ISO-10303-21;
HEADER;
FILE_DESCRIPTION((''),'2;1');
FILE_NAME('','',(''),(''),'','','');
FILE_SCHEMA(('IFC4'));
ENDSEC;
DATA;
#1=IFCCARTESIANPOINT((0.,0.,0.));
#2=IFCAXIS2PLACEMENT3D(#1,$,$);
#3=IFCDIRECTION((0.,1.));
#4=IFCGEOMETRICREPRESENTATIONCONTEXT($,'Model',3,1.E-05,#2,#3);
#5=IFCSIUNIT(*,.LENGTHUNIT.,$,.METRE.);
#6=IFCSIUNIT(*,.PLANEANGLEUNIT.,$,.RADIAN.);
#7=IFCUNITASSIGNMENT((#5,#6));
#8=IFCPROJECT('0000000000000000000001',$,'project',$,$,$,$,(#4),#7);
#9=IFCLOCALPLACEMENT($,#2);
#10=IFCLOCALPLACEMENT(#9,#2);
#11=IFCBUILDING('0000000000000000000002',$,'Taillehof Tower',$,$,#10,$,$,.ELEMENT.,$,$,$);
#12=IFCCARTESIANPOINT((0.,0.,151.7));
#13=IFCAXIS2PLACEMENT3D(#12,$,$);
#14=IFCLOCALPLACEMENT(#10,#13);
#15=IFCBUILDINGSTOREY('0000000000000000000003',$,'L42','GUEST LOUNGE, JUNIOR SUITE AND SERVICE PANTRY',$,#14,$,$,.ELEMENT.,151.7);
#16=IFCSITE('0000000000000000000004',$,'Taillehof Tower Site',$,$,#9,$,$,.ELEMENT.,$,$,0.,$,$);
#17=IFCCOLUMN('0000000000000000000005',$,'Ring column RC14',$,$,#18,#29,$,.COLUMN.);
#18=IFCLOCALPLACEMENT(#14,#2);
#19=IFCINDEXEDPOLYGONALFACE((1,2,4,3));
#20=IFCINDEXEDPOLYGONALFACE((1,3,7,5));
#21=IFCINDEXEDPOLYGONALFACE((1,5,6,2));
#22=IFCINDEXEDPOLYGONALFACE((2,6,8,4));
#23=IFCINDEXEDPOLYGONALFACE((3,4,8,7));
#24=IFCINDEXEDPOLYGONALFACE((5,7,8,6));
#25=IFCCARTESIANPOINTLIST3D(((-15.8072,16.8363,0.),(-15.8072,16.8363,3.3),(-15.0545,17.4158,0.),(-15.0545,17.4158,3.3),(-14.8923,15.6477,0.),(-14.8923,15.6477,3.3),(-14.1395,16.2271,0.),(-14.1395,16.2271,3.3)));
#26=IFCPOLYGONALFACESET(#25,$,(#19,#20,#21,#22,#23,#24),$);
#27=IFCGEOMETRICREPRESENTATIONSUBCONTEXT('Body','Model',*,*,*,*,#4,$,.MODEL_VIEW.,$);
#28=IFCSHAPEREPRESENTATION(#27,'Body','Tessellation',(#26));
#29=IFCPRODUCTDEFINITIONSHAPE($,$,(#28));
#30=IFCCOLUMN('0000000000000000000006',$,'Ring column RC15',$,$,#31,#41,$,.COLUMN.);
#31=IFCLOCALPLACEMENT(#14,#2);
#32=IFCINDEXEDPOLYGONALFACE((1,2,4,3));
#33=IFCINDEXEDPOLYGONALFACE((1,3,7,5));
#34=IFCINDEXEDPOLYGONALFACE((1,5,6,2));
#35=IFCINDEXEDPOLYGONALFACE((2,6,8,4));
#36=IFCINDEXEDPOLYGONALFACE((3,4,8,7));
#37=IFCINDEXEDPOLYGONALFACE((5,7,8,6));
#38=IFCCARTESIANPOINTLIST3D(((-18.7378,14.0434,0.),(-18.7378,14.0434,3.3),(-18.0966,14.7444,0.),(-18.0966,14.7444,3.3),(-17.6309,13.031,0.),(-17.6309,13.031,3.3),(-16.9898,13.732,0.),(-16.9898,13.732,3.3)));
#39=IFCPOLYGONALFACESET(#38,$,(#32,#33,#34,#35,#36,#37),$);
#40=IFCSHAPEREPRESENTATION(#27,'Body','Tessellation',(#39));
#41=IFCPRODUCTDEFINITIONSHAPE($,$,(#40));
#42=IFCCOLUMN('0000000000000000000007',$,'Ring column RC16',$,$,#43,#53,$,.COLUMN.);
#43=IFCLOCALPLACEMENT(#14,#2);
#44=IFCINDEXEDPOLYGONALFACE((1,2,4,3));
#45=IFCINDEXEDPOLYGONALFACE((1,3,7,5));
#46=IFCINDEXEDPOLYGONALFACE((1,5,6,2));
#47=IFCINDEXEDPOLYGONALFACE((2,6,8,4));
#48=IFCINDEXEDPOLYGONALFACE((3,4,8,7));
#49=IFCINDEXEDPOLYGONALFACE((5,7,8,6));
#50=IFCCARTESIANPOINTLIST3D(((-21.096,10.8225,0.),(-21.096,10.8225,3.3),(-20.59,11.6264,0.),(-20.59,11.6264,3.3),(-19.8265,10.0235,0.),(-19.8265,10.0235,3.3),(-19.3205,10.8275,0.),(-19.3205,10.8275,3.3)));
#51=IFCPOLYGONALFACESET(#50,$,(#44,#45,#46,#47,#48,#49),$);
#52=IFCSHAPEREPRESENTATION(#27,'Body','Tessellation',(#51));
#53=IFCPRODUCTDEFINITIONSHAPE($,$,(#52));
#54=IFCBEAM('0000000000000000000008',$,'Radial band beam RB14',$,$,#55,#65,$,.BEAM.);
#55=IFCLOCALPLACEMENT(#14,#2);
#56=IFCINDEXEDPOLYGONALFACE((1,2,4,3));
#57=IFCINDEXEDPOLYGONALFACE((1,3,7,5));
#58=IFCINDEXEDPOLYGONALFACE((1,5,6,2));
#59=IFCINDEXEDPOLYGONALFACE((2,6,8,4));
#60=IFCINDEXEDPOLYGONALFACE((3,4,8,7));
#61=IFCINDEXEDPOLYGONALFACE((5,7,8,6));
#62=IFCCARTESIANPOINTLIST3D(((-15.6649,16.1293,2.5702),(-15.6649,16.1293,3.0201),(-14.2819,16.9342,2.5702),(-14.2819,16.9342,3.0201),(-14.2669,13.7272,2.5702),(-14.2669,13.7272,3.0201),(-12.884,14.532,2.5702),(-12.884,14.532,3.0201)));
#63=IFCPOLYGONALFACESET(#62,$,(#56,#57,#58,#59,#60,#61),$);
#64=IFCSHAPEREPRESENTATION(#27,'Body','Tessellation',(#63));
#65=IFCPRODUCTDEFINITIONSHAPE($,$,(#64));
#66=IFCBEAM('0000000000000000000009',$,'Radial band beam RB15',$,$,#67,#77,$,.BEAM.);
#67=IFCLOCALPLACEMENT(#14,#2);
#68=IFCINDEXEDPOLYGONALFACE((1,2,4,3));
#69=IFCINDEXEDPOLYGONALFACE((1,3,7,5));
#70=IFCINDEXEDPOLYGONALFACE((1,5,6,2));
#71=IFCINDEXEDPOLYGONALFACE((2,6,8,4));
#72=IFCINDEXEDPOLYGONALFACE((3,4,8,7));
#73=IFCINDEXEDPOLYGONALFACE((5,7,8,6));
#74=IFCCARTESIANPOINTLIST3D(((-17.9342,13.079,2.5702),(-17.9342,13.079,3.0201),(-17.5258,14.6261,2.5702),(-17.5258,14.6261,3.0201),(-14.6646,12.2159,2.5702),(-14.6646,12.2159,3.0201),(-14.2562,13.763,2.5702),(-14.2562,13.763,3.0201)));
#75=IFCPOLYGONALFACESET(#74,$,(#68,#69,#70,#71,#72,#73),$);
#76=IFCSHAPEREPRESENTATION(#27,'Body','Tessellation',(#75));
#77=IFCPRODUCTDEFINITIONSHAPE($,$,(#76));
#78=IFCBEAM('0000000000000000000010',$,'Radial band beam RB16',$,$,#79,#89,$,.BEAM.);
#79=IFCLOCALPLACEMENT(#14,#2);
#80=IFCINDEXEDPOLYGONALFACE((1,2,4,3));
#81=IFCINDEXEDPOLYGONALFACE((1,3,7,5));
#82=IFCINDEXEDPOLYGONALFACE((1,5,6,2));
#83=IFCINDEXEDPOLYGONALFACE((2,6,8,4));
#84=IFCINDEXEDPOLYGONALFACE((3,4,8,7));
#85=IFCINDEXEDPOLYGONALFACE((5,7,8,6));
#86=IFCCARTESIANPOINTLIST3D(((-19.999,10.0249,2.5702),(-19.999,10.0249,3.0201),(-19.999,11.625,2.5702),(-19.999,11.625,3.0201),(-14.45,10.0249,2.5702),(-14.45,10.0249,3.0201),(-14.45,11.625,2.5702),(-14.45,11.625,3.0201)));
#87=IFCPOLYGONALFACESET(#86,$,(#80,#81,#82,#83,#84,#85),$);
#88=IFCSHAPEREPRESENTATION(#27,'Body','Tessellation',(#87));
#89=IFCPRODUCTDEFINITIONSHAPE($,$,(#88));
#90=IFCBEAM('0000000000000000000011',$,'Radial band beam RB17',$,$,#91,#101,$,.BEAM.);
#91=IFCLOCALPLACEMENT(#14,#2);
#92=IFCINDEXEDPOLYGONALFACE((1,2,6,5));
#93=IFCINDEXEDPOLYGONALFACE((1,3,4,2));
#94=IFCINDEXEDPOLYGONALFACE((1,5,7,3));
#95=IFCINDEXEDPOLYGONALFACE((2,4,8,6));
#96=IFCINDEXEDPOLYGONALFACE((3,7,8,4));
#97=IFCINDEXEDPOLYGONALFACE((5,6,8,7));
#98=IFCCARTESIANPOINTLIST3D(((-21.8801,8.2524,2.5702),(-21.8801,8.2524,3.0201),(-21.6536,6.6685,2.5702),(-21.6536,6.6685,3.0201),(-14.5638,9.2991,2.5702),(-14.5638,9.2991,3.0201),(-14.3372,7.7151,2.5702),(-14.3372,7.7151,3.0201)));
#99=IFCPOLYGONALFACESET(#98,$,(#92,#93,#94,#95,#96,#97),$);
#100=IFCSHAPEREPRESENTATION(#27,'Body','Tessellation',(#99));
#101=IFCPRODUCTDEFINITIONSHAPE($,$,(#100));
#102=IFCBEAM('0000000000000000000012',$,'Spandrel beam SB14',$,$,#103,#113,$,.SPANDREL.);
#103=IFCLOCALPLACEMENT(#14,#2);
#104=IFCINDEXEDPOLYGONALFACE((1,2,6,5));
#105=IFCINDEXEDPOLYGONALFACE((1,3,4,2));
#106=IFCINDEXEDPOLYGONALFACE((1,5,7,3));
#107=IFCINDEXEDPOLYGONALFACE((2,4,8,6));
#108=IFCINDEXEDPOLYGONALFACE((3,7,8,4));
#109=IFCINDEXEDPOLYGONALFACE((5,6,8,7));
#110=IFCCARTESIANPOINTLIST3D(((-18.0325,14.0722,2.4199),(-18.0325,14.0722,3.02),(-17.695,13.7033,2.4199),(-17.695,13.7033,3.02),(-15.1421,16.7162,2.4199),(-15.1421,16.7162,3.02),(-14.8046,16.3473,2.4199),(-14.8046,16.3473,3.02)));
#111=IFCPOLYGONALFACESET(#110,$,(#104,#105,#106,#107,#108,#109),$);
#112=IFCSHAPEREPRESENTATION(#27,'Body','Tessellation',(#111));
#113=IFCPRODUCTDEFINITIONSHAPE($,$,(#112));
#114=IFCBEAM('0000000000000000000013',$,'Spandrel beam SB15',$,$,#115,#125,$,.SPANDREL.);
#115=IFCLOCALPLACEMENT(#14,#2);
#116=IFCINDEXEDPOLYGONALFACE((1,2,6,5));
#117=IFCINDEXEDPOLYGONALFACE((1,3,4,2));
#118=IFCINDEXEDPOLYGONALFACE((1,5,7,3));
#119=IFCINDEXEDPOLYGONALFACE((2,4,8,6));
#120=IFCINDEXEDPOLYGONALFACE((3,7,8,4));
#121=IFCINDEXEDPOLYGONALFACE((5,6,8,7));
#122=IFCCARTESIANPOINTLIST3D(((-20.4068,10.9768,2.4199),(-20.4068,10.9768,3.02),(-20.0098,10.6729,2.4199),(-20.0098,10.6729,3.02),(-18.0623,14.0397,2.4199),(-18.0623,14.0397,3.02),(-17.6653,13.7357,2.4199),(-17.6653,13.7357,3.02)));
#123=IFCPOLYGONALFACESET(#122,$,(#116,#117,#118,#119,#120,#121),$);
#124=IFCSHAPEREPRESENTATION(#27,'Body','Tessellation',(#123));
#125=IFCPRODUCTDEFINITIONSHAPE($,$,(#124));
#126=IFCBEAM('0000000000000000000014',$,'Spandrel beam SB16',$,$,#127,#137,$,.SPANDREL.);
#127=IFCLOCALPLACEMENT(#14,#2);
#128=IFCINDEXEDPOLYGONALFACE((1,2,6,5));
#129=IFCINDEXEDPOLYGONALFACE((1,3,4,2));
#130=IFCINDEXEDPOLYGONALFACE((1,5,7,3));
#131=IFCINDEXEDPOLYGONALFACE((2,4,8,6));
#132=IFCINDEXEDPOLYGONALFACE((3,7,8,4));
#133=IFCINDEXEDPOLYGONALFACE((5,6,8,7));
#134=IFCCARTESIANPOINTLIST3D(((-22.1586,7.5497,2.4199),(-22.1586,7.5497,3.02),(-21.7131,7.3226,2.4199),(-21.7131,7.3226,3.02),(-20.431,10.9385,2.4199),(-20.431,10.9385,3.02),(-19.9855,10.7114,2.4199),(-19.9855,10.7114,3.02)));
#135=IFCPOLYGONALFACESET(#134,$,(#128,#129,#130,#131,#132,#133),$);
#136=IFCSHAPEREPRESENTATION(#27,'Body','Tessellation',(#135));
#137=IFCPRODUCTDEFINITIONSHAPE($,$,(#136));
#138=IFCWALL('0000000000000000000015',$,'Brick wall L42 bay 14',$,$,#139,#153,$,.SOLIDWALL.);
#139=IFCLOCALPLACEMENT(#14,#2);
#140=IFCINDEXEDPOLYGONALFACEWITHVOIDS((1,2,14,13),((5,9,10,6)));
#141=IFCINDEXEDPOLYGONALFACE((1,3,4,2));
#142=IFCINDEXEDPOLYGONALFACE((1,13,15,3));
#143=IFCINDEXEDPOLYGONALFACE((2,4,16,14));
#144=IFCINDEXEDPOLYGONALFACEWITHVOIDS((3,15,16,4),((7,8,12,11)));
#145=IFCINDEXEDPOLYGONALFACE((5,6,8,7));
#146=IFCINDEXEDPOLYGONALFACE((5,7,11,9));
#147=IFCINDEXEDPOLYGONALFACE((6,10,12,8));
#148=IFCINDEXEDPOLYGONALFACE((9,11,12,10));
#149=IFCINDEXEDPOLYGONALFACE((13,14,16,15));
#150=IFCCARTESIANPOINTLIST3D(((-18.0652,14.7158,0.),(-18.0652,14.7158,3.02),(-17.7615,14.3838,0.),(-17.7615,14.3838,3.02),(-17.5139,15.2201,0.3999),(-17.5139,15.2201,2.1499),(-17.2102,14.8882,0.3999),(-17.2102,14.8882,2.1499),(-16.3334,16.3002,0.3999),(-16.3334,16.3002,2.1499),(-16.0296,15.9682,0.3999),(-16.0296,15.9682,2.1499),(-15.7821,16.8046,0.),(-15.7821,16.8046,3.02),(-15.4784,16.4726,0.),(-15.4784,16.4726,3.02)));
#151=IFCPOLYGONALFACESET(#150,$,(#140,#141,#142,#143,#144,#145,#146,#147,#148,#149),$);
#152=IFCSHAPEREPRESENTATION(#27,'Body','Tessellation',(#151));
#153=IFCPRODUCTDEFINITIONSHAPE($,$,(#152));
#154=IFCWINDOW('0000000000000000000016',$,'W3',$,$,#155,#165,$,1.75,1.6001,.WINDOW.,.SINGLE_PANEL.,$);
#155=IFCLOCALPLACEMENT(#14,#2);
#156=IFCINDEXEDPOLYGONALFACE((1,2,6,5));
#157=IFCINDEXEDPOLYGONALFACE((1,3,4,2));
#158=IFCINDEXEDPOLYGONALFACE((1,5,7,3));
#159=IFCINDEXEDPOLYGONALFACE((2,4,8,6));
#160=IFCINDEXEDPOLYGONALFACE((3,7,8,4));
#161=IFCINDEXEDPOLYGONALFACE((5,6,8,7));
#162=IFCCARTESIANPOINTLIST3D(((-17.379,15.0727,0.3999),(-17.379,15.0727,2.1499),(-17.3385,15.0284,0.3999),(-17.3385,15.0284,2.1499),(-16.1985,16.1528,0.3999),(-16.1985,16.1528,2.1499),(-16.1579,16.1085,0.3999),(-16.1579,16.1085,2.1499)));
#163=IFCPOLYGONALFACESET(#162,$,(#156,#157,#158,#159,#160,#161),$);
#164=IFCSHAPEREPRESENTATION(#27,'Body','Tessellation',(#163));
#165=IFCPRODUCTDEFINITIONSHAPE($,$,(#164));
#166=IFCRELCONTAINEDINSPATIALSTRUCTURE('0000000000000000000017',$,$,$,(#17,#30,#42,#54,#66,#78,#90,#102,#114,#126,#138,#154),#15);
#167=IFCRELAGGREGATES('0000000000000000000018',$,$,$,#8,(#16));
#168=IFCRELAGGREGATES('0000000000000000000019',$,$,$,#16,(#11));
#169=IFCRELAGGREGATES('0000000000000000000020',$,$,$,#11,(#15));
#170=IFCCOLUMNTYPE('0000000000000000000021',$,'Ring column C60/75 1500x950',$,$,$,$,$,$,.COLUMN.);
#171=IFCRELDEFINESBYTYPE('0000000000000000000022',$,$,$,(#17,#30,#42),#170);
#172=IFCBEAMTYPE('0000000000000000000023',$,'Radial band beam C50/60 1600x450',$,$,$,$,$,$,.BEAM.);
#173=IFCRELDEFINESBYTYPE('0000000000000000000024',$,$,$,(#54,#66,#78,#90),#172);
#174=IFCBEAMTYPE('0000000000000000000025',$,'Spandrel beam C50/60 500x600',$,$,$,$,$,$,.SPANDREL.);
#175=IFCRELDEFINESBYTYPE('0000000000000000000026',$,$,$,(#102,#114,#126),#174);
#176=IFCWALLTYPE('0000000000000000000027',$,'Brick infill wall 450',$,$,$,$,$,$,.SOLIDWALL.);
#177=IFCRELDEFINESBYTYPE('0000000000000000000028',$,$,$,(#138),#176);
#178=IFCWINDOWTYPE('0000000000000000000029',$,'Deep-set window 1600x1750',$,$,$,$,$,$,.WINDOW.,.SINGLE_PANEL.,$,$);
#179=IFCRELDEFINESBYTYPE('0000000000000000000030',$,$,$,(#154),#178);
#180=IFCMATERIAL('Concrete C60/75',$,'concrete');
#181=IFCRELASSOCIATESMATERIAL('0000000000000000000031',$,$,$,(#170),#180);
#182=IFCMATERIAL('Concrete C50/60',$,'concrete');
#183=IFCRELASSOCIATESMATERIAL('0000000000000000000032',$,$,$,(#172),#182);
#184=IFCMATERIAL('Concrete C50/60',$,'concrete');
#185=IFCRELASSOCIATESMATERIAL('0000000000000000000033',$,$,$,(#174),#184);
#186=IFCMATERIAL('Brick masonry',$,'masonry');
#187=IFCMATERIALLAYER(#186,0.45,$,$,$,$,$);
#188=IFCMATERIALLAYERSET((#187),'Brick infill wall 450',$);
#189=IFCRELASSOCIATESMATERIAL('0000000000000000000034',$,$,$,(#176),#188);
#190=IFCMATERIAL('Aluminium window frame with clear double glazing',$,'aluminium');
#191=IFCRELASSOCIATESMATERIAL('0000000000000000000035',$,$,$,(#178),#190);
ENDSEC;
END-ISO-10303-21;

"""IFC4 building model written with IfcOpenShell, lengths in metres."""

from ifc_helpers import new_model, si_unit, direction, frame, frame_2d, origin, origin_2d, place, context, subcontext, project, spatial, rectangle, extrude, material, layer, layer_set, material_profile, profile_set, type_object, element, fill, save


model = new_model("IFC4")

# Units and contexts
model_context = context("Model", 3, precision=1e-05, world=origin(), true_north=direction((0.0, 1.0)))
body_context = subcontext(model_context, "Body", "Model", "MODEL_VIEW")
ifc_project = project(units=[si_unit("LENGTHUNIT", "METRE"), si_unit("PLANEANGLEUNIT", "RADIAN")], contexts=[model_context])

# Site, building, storey
site_placement = place(None, origin())
site = spatial("IfcSite", under=ifc_project, at=site_placement, Name="Taillehof Tower Site", CompositionType="ELEMENT", RefElevation=0.0)
building_placement = place(site_placement, origin())
building = spatial("IfcBuilding", under=site, at=building_placement, Name="Taillehof Tower", CompositionType="ELEMENT")
storey_placement = place(building_placement, frame((0.0, 0.0, 151.7)))
storey = spatial("IfcBuildingStorey", under=building, at=storey_placement, Name="L42", Description="GUEST LOUNGE, JUNIOR SUITE AND SERVICE PANTRY", CompositionType="ELEMENT", Elevation=151.7)

# Columns
ifc_material_1 = material(Name="Concrete C60/75", Category="concrete")
ifc_material_profile_1 = material_profile(ifc_material_1, rectangle(XDim=1.5, YDim=0.95, at=origin_2d()), Name="RC 1500x950")
ifc_profile_set_1 = profile_set([ifc_material_profile_1], Name="Concrete C60/75")
column_type = type_object("IfcColumnType", Name="Ring column C60/75 1500x950", PredefinedType="COLUMN", material=ifc_profile_set_1)
for number, where, z_axis, x_axis, name in (
    (1, (-14.9734, 16.5317, 0.0), (0.0, 0.0, 1.0), (-0.609971, 0.792424, 0.0), "Ring column RC14"),
    (2, (-17.8638, 13.8877, 0.0), (0.0, 0.0, 1.0), (-0.737879, 0.674933, 0.0), "Ring column RC15"),
    (3, (-20.2083, 10.825, 0.0), (0.0, 0.0, 1.0), (-0.846334, 0.532652, 0.0), "Ring column RC16"),
):
    element("IfcColumn", number, at=place(storey_placement, frame(where, z_axis=z_axis, x_axis=x_axis)), inside=storey, type_object=column_type, Name=name, PredefinedType="COLUMN", context=body_context, shape_type="SweptSolid", body=[
        extrude(rectangle(XDim=1.5, YDim=0.95, at=origin_2d()), origin(), (0.0, 0.0, 1.0), 3.3),
    ])

# Beams
ifc_material_2 = material(Name="Concrete C50/60", Category="concrete")
ifc_material_profile_2 = material_profile(ifc_material_2, rectangle(XDim=1.6001, YDim=0.45, at=origin_2d()), Name="RC 1600x450")
ifc_profile_set_2 = profile_set([ifc_material_profile_2], Name="Concrete C50/60")
beam_type_1 = type_object("IfcBeamType", Name="Radial band beam C50/60 1600x450", PredefinedType="BEAM", material=ifc_profile_set_2)
beam_1_placement = place(storey_placement, frame((-14.9734, 16.5317, 2.7952), z_axis=(0.502991, -0.864291, 0.0), x_axis=(0.864291, 0.502991, 0.0)))
element("IfcBeam", 4, at=beam_1_placement, inside=storey, type_object=beam_type_1, Name="Radial band beam RB14", PredefinedType="BEAM", context=body_context, shape_type="SweptSolid", body=[
    extrude(rectangle(XDim=1.6001, YDim=0.45, at=origin_2d()), origin(), (0.0, 0.0, 1.0), 2.7793),
])
beam_2_placement = place(storey_placement, frame((-17.73, 13.8525, 2.7952), z_axis=(0.966883, -0.255222, 0.0), x_axis=(0.255222, 0.966883, 0.0)))
element("IfcBeam", 5, at=beam_2_placement, inside=storey, type_object=beam_type_1, Name="Radial band beam RB15", PredefinedType="BEAM", context=body_context, shape_type="SweptSolid", body=[
    extrude(rectangle(XDim=1.6001, YDim=0.45, at=origin_2d()), origin(), (0.0, 0.0, 1.0), 3.3816),
])
beam_3_placement = place(storey_placement, frame((-19.999, 10.825, 2.7952), z_axis=(1.0, 0.0, 0.0), x_axis=(0.0, 1.0, 0.0)))
element("IfcBeam", 6, at=beam_3_placement, inside=storey, type_object=beam_type_1, Name="Radial band beam RB16", PredefinedType="BEAM", context=body_context, shape_type="SweptSolid", body=[
    extrude(rectangle(XDim=1.6001, YDim=0.45, at=origin_2d()), origin(), (0.0, 0.0, 1.0), 5.5491),
])
beam_4_placement = place(storey_placement, frame((-21.7668, 7.4604, 2.7952), z_axis=(0.989922, 0.141611, 0.0), x_axis=(-0.141611, 0.989922, 0.0)))
element("IfcBeam", 7, at=beam_4_placement, inside=storey, type_object=beam_type_1, Name="Radial band beam RB17", PredefinedType="BEAM", context=body_context, shape_type="SweptSolid", body=[
    extrude(rectangle(XDim=1.6001, YDim=0.45, at=origin_2d()), origin(), (0.0, 0.0, 1.0), 7.3909),
])
ifc_material_3 = material(Name="Concrete C50/60", Category="concrete")
ifc_material_profile_3 = material_profile(ifc_material_3, rectangle(XDim=0.5, YDim=0.6001, at=origin_2d()), Name="RC 500x600")
ifc_profile_set_3 = profile_set([ifc_material_profile_3], Name="Concrete C50/60")
beam_type_2 = type_object("IfcBeamType", Name="Spandrel beam C50/60 500x600", PredefinedType="SPANDREL", material=ifc_profile_set_3)
beam_5_placement = place(storey_placement, frame((-14.9734, 16.5317, 2.72), z_axis=(-0.73785, -0.674965, 0.0), x_axis=(0.674965, -0.73785, 0.0)))
element("IfcBeam", 8, at=beam_5_placement, inside=storey, type_object=beam_type_2, Name="Spandrel beam SB14", PredefinedType="SPANDREL", context=body_context, shape_type="SweptSolid", body=[
    extrude(rectangle(XDim=0.5, YDim=0.6001, at=origin_2d()), origin(), (0.0, 0.0, 1.0), 3.9172),
])
beam_6_placement = place(storey_placement, frame((-17.8638, 13.8877, 2.72), z_axis=(-0.60784, -0.794059, 0.0), x_axis=(0.794059, -0.60784, 0.0)))
element("IfcBeam", 9, at=beam_6_placement, inside=storey, type_object=beam_type_2, Name="Spandrel beam SB15", PredefinedType="SPANDREL", context=body_context, shape_type="SweptSolid", body=[
    extrude(rectangle(XDim=0.5, YDim=0.6001, at=origin_2d()), origin(), (0.0, 0.0, 1.0), 3.8572),
])
beam_7_placement = place(storey_placement, frame((-20.2083, 10.825, 2.72), z_axis=(-0.454183, -0.890908, 0.0), x_axis=(0.890908, -0.454183, 0.0)))
element("IfcBeam", 10, at=beam_7_placement, inside=storey, type_object=beam_type_2, Name="Spandrel beam SB16", PredefinedType="SPANDREL", context=body_context, shape_type="SweptSolid", body=[
    extrude(rectangle(XDim=0.5, YDim=0.6001, at=origin_2d()), origin(), (0.0, 0.0, 1.0), 3.8037),
])

# Wall, opening, window
ifc_material_4 = material(Name="Brick masonry", Category="masonry")
ifc_layer_1 = layer(ifc_material_4, 0.45)
ifc_layer_set_1 = layer_set([ifc_layer_1], Name="Brick infill wall 450")
wall_type_1 = type_object("IfcWallType", Name="Brick infill wall 450", PredefinedType="SOLIDWALL", material=ifc_layer_set_1)
wall_1_placement = place(storey_placement, frame((-15.6301, 16.6387, 0.0), z_axis=(0.0, 0.0, 1.0), x_axis=(-0.737809, -0.67501, 0.0)))
wall_1 = element("IfcWall", 11, at=wall_1_placement, inside=storey, type_object=wall_type_1, Name="Brick wall L42 bay 14", PredefinedType="SOLIDWALL", context=body_context, shape_type="SweptSolid", body=[
    extrude(rectangle(XDim=3.0945, YDim=0.45, at=frame_2d((1.5474, 0.0))), origin(), (0.0, 0.0, 1.0), 3.02),
])
opening_1_placement = place(wall_1_placement, frame((0.7473, 0.0, 0.3999)))
opening_1 = element("IfcOpeningElement", 12, at=opening_1_placement, cuts=wall_1, PredefinedType="OPENING", context=body_context, shape_type="SweptSolid", body=[
    extrude(rectangle(XDim=1.6001, YDim=1.75, at=frame_2d((0.8, 0.875))), frame((0.0, 0.2349, 0.0), z_axis=(0.0, -1.0, 0.0), x_axis=(1.0, 0.0, 0.0)), (0.0, 0.0, 1.0), 0.47),
])
ifc_material_5 = material(Name="Aluminium window frame with clear double glazing", Category="aluminium")
window_type = type_object("IfcWindowType", Name="Deep-set window 1600x1750", PartitioningType="SINGLE_PANEL", PredefinedType="WINDOW", material=ifc_material_5)
window_1_placement = place(opening_1_placement, origin())
window_1 = element("IfcWindow", 13, at=window_1_placement, inside=storey, type_object=window_type, Name="W3", OverallHeight=1.75, OverallWidth=1.6001, PartitioningType="SINGLE_PANEL", PredefinedType="WINDOW", context=body_context, shape_type="SweptSolid", body=[
    extrude(rectangle(XDim=1.6001, YDim=1.75, at=frame_2d((0.8, 0.875))), frame((0.0, 0.0349, 0.0), z_axis=(0.0, -1.0, 0.0), x_axis=(1.0, 0.0, 0.0)), (0.0, 0.0, 1.0), 0.0601),
])
fill(opening_1, window_1)

save(model, "model.ifc")
